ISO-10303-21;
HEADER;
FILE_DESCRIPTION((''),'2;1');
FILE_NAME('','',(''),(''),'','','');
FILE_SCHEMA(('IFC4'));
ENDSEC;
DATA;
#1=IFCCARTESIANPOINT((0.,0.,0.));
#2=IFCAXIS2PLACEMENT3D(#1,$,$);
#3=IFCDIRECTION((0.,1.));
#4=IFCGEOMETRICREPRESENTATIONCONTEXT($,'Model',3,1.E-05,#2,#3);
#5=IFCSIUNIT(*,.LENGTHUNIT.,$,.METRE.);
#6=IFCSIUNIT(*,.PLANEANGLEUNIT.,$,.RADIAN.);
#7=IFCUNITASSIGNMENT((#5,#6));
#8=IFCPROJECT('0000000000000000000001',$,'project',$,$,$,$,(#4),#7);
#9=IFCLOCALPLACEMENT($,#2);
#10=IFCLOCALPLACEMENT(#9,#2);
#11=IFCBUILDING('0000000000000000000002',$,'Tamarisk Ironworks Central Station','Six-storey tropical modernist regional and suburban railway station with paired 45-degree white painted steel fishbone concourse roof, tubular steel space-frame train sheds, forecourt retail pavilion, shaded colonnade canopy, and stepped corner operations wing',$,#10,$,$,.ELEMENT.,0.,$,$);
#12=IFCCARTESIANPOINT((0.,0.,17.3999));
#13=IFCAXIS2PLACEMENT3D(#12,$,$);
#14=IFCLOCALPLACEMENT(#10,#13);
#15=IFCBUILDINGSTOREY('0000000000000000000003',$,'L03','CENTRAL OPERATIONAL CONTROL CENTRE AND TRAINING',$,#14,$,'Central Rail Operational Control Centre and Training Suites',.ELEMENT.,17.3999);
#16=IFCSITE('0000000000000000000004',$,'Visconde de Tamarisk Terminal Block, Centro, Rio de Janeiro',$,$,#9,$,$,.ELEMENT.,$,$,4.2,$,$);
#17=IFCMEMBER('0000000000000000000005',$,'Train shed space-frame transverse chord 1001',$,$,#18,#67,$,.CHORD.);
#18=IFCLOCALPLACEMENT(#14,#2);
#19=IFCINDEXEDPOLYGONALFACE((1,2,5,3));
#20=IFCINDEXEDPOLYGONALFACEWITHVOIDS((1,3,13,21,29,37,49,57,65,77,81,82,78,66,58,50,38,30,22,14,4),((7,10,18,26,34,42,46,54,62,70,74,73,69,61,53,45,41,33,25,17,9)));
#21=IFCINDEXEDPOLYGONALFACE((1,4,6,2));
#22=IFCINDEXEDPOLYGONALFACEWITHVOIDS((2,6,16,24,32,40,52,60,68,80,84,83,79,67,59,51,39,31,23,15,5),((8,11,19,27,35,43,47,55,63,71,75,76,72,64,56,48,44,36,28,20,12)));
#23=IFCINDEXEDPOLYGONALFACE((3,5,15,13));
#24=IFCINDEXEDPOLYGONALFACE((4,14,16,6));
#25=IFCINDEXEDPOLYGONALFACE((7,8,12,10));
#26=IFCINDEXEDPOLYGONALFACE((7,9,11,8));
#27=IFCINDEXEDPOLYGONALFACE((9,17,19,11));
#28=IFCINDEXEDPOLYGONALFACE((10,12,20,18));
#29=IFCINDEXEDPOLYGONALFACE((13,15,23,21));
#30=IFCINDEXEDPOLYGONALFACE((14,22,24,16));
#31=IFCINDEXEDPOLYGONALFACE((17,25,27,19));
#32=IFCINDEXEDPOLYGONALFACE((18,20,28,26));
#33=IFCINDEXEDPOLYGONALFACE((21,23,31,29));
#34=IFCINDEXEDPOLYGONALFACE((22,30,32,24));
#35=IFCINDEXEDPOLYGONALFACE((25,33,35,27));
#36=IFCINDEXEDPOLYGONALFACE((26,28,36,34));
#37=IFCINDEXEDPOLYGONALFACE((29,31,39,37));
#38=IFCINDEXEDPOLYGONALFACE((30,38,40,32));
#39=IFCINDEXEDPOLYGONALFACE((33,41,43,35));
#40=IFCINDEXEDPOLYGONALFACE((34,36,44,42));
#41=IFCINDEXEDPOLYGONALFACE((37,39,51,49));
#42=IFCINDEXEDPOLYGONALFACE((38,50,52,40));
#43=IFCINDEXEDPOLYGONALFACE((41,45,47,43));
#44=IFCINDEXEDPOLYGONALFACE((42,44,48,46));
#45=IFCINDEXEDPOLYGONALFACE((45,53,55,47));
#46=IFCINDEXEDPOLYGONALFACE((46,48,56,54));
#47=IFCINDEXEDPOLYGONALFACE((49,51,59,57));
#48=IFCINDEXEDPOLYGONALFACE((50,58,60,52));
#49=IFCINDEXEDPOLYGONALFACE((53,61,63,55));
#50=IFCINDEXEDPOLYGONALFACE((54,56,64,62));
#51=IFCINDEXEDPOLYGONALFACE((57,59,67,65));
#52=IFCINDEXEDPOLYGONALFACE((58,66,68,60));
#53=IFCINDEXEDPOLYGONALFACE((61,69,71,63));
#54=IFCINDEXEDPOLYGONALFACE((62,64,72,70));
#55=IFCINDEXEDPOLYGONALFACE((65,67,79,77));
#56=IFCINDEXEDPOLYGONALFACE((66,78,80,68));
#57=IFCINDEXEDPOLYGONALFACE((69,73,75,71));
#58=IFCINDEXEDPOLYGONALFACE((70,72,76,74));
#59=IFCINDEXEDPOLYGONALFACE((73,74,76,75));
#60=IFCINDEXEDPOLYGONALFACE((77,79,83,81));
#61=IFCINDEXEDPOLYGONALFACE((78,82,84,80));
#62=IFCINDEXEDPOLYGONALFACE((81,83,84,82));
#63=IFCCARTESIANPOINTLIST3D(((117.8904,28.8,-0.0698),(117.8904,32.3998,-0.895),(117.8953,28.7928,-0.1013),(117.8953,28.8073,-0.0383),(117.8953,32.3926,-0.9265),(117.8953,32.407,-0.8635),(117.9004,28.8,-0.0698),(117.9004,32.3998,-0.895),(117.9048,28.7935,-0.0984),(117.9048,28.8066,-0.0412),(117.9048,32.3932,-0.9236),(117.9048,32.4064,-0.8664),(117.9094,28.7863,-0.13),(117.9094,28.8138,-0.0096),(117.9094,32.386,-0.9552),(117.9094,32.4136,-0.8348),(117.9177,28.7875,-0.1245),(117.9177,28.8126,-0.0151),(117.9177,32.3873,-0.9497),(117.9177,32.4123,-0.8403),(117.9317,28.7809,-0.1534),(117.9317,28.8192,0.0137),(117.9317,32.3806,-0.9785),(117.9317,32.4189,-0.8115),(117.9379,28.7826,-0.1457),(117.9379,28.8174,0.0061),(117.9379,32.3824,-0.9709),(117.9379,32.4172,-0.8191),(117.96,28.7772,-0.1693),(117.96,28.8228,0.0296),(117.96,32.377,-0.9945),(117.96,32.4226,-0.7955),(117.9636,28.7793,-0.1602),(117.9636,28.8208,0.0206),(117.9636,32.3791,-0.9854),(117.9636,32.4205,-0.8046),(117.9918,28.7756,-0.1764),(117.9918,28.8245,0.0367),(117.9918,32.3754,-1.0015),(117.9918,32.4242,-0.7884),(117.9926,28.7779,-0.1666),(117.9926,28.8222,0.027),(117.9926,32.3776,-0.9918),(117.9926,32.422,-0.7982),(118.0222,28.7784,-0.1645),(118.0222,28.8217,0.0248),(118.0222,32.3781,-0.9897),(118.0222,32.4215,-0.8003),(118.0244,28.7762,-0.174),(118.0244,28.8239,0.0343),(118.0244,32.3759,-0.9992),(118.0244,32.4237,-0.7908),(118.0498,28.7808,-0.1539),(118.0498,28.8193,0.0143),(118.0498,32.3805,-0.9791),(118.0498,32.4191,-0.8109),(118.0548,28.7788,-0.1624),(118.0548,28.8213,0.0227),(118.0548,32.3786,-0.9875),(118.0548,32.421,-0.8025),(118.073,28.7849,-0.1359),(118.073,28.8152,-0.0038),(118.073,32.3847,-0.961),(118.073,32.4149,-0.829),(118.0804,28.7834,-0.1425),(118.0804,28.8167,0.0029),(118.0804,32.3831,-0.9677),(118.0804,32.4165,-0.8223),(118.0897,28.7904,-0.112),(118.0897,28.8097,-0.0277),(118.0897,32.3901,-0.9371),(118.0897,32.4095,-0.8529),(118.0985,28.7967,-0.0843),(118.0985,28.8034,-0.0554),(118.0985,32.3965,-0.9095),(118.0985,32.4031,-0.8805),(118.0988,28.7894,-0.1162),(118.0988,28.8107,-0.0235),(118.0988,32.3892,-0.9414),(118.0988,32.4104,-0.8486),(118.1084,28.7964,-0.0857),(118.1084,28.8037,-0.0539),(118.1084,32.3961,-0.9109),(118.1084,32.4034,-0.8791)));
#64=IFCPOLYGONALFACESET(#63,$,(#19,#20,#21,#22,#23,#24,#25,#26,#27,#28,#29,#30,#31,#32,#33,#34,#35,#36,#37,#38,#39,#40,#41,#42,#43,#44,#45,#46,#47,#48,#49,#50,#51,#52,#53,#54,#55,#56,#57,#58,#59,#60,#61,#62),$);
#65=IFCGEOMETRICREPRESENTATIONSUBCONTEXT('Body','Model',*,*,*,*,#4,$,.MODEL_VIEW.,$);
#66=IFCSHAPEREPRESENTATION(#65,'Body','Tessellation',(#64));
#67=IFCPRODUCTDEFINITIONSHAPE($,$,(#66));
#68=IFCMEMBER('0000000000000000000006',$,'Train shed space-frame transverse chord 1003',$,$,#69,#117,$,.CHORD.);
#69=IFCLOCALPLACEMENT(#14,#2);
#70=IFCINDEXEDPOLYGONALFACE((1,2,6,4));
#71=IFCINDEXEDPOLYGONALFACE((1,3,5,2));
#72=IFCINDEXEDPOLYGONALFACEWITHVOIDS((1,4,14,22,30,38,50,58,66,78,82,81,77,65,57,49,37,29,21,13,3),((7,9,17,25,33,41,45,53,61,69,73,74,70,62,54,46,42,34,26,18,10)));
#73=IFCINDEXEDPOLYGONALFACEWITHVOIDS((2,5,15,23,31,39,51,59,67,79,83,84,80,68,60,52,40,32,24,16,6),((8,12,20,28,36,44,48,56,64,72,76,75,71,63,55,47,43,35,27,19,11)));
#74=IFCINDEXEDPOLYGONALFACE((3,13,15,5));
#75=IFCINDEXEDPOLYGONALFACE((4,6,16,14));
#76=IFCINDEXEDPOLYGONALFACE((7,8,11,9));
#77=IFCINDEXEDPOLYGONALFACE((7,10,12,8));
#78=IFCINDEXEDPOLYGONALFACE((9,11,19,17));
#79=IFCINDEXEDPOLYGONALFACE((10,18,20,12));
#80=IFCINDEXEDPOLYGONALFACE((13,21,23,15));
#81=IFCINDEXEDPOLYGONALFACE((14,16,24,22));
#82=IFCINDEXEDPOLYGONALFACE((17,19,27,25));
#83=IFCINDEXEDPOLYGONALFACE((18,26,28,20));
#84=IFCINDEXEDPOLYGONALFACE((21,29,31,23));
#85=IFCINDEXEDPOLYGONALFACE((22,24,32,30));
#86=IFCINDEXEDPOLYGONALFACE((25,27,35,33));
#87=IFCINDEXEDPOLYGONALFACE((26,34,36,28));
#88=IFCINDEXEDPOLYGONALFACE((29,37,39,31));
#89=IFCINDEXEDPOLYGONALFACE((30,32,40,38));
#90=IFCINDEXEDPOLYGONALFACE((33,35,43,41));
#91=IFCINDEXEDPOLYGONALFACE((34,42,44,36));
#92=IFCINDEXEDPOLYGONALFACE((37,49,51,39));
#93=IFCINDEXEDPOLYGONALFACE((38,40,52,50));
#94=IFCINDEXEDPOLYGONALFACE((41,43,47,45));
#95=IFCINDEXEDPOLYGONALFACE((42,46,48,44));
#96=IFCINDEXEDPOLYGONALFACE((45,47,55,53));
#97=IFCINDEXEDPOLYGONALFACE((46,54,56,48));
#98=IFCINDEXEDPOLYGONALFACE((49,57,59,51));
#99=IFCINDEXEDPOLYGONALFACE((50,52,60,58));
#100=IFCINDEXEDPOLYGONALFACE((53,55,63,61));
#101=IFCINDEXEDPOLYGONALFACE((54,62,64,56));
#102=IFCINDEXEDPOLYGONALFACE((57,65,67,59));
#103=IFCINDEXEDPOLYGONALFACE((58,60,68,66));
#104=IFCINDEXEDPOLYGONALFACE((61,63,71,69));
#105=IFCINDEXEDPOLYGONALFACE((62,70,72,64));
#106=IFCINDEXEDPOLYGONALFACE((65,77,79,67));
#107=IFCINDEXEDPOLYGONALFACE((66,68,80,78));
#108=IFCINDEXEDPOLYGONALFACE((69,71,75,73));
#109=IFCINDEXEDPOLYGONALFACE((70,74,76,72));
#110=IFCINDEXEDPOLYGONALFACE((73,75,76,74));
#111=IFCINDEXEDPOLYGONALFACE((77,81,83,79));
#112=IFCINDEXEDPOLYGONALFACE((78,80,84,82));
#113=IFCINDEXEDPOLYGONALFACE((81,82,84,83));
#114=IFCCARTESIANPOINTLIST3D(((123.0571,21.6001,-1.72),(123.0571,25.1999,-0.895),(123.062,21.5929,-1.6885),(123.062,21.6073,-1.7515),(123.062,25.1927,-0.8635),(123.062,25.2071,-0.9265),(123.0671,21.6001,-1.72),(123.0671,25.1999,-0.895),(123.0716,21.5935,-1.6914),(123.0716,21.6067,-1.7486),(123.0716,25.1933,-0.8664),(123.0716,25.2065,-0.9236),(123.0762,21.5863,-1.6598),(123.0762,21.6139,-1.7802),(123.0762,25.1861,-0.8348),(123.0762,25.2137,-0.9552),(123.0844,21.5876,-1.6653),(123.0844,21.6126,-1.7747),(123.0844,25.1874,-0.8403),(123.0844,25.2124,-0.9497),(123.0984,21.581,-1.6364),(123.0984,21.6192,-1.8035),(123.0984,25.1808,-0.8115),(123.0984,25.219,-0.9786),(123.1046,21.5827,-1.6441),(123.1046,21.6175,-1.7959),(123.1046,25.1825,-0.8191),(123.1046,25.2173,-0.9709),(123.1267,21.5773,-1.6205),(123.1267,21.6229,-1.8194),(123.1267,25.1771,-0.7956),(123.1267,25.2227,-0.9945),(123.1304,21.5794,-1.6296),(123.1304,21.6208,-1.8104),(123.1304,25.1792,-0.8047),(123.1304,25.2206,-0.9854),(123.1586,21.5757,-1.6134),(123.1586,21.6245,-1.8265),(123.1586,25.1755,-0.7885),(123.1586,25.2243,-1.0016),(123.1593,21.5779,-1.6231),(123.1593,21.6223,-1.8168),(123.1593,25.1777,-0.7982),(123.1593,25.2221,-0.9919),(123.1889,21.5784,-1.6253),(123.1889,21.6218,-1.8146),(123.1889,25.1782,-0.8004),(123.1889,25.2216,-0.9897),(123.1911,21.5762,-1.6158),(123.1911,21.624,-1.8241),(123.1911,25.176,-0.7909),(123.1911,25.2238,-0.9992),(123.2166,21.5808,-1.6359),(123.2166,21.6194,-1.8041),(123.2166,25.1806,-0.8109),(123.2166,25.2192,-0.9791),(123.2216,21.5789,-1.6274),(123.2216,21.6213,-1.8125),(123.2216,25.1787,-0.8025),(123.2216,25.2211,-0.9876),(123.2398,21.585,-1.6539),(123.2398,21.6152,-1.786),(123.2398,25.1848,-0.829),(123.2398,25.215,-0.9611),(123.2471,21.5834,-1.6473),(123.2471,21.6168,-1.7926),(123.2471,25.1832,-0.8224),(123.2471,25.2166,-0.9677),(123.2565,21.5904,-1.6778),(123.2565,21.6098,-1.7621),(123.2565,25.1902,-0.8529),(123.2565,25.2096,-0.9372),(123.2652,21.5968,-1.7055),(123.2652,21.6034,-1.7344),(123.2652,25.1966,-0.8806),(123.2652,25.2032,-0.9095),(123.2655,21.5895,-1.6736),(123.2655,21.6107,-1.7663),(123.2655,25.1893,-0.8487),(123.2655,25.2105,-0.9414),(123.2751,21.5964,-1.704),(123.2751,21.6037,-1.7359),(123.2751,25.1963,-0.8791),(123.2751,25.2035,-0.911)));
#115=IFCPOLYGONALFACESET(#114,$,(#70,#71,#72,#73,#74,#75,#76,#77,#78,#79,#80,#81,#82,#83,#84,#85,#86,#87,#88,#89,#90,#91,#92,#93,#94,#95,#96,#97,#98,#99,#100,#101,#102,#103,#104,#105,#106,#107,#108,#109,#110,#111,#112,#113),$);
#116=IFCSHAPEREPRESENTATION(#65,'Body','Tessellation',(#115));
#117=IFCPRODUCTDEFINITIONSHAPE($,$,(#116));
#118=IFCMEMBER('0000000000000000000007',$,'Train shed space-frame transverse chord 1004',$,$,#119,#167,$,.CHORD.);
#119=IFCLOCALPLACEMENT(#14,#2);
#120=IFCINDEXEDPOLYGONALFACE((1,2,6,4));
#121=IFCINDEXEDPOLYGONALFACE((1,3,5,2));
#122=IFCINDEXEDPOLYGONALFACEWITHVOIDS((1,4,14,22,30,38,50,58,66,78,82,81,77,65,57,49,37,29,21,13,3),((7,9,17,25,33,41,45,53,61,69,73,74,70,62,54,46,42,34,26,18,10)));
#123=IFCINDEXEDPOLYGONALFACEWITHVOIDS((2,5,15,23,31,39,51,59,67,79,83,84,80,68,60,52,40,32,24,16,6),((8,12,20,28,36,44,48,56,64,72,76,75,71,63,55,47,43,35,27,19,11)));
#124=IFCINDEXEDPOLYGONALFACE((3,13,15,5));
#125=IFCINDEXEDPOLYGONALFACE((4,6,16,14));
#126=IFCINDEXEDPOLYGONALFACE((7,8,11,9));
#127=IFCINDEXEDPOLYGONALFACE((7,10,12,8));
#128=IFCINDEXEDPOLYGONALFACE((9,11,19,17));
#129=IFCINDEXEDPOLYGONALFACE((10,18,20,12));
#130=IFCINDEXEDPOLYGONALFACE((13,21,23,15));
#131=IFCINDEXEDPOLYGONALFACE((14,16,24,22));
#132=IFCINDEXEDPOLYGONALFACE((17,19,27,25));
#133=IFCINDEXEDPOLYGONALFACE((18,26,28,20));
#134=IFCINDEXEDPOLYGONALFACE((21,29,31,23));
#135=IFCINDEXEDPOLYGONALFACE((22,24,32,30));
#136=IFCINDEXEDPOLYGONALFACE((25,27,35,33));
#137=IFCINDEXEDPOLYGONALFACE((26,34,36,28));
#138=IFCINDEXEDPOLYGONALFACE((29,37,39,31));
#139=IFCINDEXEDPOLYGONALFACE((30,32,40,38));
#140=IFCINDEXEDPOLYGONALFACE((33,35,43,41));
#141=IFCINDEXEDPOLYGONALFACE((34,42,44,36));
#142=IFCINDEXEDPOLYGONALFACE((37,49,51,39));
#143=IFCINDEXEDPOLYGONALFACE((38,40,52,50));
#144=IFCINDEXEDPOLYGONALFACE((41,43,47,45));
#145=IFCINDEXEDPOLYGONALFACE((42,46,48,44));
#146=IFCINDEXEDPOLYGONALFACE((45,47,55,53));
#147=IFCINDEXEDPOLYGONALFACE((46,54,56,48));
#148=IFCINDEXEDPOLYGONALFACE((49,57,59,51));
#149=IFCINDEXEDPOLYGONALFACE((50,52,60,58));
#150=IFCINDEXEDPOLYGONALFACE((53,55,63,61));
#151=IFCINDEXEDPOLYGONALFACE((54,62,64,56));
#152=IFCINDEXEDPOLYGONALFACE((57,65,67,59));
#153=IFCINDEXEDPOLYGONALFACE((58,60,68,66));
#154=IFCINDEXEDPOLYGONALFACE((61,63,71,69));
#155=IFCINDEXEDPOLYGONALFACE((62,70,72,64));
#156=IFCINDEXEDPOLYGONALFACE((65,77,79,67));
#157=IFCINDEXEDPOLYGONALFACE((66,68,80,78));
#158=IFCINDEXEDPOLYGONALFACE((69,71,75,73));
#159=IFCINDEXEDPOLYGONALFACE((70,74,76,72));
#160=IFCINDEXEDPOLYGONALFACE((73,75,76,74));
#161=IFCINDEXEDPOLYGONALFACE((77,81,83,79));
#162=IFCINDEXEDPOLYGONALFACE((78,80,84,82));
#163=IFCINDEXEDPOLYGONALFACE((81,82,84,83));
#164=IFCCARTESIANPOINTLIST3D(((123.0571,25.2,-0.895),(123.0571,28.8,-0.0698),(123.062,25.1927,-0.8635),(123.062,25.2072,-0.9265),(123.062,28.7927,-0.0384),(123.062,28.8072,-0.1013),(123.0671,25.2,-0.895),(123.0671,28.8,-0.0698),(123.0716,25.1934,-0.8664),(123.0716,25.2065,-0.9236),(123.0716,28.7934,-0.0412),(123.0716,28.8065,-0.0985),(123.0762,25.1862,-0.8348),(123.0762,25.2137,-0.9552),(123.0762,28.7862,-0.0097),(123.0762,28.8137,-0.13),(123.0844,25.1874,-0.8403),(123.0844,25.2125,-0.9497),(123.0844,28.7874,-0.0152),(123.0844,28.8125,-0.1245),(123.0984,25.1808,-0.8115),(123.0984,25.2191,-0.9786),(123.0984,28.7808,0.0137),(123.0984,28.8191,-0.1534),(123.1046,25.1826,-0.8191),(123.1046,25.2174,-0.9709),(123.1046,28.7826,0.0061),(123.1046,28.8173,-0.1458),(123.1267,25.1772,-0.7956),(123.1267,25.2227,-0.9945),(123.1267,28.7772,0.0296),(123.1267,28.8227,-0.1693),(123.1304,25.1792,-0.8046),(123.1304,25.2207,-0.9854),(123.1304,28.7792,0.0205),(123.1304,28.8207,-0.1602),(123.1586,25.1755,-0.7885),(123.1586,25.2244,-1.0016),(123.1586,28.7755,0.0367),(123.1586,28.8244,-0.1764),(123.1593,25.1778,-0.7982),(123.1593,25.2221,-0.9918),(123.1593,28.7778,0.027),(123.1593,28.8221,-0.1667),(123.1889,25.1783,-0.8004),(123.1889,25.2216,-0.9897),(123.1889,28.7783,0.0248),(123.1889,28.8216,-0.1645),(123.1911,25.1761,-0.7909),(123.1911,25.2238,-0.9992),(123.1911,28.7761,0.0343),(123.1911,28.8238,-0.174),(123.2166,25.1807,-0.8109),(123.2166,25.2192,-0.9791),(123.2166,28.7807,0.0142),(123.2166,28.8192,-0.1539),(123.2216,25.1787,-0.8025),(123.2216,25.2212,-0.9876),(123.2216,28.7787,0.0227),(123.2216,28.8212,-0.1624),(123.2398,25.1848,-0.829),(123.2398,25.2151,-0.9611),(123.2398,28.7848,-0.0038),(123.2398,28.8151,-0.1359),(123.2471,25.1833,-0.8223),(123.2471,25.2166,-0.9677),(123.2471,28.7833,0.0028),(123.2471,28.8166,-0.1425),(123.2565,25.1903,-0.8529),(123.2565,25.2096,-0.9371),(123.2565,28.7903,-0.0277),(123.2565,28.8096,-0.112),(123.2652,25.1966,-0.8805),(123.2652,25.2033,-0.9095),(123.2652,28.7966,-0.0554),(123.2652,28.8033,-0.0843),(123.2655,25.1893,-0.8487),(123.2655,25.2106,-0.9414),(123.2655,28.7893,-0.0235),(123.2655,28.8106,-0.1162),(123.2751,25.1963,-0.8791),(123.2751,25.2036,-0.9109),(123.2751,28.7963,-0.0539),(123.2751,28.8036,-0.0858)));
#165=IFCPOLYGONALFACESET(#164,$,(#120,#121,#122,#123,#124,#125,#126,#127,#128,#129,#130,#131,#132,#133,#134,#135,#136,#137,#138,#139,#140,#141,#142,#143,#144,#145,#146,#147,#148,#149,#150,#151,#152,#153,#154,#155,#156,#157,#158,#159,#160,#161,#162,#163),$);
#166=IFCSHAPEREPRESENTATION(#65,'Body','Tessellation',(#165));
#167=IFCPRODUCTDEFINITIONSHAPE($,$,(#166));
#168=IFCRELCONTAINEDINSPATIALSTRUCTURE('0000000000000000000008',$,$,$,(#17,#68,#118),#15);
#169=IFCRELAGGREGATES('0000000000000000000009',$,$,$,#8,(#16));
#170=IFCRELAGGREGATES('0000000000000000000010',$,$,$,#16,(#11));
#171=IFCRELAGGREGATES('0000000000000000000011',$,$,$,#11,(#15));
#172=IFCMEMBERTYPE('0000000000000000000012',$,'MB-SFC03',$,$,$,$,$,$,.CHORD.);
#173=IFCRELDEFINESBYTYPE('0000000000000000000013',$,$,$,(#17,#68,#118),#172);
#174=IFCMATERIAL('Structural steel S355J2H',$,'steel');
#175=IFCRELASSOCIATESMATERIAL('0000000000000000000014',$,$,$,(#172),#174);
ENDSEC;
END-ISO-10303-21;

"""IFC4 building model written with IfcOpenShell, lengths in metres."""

from ifc_helpers import new_model, si_unit, direction, frame, origin, origin_2d, place, context, subcontext, project, spatial, hollow_circle, extrude, material, material_profile, profile_set, type_object, element, save


model = new_model("IFC4")

# Units and contexts
model_context = context("Model", 3, precision=1e-05, world=origin(), true_north=direction((0.0, 1.0)))
body_context = subcontext(model_context, "Body", "Model", "MODEL_VIEW")
ifc_project = project(units=[si_unit("LENGTHUNIT", "METRE"), si_unit("PLANEANGLEUNIT", "RADIAN")], contexts=[model_context])

# Site, building, storey
site_placement = place(None, origin())
site = spatial("IfcSite", under=ifc_project, at=site_placement, Name="Visconde de Tamarisk Terminal Block, Centro, Rio de Janeiro", CompositionType="ELEMENT", RefElevation=4.2)
building_placement = place(site_placement, origin())
building = spatial("IfcBuilding", under=site, at=building_placement, Name="Tamarisk Ironworks Central Station", Description="Six-storey tropical modernist regional and suburban railway station with paired 45-degree white painted steel fishbone concourse roof, tubular steel space-frame train sheds, forecourt retail pavilion, shaded colonnade canopy, and stepped corner operations wing", CompositionType="ELEMENT", ElevationOfRefHeight=0.0)
storey_placement = place(building_placement, frame((0.0, 0.0, 17.3999)))
storey = spatial("IfcBuildingStorey", under=building, at=storey_placement, Name="L03", Description="CENTRAL OPERATIONAL CONTROL CENTRE AND TRAINING", LongName="Central Rail Operational Control Centre and Training Suites", CompositionType="ELEMENT", Elevation=17.3999)

# Members
ifc_material_1 = material(Name="Structural steel S355J2H", Category="steel")
ifc_material_profile_1 = material_profile(ifc_material_1, hollow_circle(Radius=0.1096, WallThickness=0.01, at=origin_2d()), Name="CHS 219.1x10")
ifc_profile_set_1 = profile_set([ifc_material_profile_1], Name="Structural steel S355J2H")
member_type_1 = type_object("IfcMemberType", Name="MB-SFC03", PredefinedType="CHORD", material=ifc_profile_set_1)
for number, where, z_axis, x_axis, name in (
    (1, (118.0, 28.8, -0.0698), (0.0, 0.974719, -0.223435), (-1.0, 0.0, 0.0), "Train shed space-frame transverse chord 1001"),
    (2, (123.1667, 21.6001, -1.72), (0.0, 0.974733, 0.223372), (-1.0, 0.0, 0.0), "Train shed space-frame transverse chord 1003"),
):
    element("IfcMember", number, at=place(storey_placement, frame(where, z_axis=z_axis, x_axis=x_axis)), inside=storey, type_object=member_type_1, Name=name, PredefinedType="CHORD", context=body_context, shape_type="SweptSolid", body=[
        extrude(hollow_circle(Radius=0.1096, WallThickness=0.01, at=origin_2d()), origin(), (0.0, 0.0, 1.0), 3.6931),
    ])
member_1_placement = place(storey_placement, frame((123.1667, 25.2, -0.895), z_axis=(0.0, 0.974722, 0.223421), x_axis=(-1.0, 0.0, 0.0)))
element("IfcMember", 3, at=member_1_placement, inside=storey, type_object=member_type_1, Name="Train shed space-frame transverse chord 1004", PredefinedType="CHORD", context=body_context, shape_type="SweptSolid", body=[
    extrude(hollow_circle(Radius=0.1096, WallThickness=0.01, at=origin_2d()), origin(), (0.0, 0.0, 1.0), 3.6934),
])

save(model, "model.ifc")
